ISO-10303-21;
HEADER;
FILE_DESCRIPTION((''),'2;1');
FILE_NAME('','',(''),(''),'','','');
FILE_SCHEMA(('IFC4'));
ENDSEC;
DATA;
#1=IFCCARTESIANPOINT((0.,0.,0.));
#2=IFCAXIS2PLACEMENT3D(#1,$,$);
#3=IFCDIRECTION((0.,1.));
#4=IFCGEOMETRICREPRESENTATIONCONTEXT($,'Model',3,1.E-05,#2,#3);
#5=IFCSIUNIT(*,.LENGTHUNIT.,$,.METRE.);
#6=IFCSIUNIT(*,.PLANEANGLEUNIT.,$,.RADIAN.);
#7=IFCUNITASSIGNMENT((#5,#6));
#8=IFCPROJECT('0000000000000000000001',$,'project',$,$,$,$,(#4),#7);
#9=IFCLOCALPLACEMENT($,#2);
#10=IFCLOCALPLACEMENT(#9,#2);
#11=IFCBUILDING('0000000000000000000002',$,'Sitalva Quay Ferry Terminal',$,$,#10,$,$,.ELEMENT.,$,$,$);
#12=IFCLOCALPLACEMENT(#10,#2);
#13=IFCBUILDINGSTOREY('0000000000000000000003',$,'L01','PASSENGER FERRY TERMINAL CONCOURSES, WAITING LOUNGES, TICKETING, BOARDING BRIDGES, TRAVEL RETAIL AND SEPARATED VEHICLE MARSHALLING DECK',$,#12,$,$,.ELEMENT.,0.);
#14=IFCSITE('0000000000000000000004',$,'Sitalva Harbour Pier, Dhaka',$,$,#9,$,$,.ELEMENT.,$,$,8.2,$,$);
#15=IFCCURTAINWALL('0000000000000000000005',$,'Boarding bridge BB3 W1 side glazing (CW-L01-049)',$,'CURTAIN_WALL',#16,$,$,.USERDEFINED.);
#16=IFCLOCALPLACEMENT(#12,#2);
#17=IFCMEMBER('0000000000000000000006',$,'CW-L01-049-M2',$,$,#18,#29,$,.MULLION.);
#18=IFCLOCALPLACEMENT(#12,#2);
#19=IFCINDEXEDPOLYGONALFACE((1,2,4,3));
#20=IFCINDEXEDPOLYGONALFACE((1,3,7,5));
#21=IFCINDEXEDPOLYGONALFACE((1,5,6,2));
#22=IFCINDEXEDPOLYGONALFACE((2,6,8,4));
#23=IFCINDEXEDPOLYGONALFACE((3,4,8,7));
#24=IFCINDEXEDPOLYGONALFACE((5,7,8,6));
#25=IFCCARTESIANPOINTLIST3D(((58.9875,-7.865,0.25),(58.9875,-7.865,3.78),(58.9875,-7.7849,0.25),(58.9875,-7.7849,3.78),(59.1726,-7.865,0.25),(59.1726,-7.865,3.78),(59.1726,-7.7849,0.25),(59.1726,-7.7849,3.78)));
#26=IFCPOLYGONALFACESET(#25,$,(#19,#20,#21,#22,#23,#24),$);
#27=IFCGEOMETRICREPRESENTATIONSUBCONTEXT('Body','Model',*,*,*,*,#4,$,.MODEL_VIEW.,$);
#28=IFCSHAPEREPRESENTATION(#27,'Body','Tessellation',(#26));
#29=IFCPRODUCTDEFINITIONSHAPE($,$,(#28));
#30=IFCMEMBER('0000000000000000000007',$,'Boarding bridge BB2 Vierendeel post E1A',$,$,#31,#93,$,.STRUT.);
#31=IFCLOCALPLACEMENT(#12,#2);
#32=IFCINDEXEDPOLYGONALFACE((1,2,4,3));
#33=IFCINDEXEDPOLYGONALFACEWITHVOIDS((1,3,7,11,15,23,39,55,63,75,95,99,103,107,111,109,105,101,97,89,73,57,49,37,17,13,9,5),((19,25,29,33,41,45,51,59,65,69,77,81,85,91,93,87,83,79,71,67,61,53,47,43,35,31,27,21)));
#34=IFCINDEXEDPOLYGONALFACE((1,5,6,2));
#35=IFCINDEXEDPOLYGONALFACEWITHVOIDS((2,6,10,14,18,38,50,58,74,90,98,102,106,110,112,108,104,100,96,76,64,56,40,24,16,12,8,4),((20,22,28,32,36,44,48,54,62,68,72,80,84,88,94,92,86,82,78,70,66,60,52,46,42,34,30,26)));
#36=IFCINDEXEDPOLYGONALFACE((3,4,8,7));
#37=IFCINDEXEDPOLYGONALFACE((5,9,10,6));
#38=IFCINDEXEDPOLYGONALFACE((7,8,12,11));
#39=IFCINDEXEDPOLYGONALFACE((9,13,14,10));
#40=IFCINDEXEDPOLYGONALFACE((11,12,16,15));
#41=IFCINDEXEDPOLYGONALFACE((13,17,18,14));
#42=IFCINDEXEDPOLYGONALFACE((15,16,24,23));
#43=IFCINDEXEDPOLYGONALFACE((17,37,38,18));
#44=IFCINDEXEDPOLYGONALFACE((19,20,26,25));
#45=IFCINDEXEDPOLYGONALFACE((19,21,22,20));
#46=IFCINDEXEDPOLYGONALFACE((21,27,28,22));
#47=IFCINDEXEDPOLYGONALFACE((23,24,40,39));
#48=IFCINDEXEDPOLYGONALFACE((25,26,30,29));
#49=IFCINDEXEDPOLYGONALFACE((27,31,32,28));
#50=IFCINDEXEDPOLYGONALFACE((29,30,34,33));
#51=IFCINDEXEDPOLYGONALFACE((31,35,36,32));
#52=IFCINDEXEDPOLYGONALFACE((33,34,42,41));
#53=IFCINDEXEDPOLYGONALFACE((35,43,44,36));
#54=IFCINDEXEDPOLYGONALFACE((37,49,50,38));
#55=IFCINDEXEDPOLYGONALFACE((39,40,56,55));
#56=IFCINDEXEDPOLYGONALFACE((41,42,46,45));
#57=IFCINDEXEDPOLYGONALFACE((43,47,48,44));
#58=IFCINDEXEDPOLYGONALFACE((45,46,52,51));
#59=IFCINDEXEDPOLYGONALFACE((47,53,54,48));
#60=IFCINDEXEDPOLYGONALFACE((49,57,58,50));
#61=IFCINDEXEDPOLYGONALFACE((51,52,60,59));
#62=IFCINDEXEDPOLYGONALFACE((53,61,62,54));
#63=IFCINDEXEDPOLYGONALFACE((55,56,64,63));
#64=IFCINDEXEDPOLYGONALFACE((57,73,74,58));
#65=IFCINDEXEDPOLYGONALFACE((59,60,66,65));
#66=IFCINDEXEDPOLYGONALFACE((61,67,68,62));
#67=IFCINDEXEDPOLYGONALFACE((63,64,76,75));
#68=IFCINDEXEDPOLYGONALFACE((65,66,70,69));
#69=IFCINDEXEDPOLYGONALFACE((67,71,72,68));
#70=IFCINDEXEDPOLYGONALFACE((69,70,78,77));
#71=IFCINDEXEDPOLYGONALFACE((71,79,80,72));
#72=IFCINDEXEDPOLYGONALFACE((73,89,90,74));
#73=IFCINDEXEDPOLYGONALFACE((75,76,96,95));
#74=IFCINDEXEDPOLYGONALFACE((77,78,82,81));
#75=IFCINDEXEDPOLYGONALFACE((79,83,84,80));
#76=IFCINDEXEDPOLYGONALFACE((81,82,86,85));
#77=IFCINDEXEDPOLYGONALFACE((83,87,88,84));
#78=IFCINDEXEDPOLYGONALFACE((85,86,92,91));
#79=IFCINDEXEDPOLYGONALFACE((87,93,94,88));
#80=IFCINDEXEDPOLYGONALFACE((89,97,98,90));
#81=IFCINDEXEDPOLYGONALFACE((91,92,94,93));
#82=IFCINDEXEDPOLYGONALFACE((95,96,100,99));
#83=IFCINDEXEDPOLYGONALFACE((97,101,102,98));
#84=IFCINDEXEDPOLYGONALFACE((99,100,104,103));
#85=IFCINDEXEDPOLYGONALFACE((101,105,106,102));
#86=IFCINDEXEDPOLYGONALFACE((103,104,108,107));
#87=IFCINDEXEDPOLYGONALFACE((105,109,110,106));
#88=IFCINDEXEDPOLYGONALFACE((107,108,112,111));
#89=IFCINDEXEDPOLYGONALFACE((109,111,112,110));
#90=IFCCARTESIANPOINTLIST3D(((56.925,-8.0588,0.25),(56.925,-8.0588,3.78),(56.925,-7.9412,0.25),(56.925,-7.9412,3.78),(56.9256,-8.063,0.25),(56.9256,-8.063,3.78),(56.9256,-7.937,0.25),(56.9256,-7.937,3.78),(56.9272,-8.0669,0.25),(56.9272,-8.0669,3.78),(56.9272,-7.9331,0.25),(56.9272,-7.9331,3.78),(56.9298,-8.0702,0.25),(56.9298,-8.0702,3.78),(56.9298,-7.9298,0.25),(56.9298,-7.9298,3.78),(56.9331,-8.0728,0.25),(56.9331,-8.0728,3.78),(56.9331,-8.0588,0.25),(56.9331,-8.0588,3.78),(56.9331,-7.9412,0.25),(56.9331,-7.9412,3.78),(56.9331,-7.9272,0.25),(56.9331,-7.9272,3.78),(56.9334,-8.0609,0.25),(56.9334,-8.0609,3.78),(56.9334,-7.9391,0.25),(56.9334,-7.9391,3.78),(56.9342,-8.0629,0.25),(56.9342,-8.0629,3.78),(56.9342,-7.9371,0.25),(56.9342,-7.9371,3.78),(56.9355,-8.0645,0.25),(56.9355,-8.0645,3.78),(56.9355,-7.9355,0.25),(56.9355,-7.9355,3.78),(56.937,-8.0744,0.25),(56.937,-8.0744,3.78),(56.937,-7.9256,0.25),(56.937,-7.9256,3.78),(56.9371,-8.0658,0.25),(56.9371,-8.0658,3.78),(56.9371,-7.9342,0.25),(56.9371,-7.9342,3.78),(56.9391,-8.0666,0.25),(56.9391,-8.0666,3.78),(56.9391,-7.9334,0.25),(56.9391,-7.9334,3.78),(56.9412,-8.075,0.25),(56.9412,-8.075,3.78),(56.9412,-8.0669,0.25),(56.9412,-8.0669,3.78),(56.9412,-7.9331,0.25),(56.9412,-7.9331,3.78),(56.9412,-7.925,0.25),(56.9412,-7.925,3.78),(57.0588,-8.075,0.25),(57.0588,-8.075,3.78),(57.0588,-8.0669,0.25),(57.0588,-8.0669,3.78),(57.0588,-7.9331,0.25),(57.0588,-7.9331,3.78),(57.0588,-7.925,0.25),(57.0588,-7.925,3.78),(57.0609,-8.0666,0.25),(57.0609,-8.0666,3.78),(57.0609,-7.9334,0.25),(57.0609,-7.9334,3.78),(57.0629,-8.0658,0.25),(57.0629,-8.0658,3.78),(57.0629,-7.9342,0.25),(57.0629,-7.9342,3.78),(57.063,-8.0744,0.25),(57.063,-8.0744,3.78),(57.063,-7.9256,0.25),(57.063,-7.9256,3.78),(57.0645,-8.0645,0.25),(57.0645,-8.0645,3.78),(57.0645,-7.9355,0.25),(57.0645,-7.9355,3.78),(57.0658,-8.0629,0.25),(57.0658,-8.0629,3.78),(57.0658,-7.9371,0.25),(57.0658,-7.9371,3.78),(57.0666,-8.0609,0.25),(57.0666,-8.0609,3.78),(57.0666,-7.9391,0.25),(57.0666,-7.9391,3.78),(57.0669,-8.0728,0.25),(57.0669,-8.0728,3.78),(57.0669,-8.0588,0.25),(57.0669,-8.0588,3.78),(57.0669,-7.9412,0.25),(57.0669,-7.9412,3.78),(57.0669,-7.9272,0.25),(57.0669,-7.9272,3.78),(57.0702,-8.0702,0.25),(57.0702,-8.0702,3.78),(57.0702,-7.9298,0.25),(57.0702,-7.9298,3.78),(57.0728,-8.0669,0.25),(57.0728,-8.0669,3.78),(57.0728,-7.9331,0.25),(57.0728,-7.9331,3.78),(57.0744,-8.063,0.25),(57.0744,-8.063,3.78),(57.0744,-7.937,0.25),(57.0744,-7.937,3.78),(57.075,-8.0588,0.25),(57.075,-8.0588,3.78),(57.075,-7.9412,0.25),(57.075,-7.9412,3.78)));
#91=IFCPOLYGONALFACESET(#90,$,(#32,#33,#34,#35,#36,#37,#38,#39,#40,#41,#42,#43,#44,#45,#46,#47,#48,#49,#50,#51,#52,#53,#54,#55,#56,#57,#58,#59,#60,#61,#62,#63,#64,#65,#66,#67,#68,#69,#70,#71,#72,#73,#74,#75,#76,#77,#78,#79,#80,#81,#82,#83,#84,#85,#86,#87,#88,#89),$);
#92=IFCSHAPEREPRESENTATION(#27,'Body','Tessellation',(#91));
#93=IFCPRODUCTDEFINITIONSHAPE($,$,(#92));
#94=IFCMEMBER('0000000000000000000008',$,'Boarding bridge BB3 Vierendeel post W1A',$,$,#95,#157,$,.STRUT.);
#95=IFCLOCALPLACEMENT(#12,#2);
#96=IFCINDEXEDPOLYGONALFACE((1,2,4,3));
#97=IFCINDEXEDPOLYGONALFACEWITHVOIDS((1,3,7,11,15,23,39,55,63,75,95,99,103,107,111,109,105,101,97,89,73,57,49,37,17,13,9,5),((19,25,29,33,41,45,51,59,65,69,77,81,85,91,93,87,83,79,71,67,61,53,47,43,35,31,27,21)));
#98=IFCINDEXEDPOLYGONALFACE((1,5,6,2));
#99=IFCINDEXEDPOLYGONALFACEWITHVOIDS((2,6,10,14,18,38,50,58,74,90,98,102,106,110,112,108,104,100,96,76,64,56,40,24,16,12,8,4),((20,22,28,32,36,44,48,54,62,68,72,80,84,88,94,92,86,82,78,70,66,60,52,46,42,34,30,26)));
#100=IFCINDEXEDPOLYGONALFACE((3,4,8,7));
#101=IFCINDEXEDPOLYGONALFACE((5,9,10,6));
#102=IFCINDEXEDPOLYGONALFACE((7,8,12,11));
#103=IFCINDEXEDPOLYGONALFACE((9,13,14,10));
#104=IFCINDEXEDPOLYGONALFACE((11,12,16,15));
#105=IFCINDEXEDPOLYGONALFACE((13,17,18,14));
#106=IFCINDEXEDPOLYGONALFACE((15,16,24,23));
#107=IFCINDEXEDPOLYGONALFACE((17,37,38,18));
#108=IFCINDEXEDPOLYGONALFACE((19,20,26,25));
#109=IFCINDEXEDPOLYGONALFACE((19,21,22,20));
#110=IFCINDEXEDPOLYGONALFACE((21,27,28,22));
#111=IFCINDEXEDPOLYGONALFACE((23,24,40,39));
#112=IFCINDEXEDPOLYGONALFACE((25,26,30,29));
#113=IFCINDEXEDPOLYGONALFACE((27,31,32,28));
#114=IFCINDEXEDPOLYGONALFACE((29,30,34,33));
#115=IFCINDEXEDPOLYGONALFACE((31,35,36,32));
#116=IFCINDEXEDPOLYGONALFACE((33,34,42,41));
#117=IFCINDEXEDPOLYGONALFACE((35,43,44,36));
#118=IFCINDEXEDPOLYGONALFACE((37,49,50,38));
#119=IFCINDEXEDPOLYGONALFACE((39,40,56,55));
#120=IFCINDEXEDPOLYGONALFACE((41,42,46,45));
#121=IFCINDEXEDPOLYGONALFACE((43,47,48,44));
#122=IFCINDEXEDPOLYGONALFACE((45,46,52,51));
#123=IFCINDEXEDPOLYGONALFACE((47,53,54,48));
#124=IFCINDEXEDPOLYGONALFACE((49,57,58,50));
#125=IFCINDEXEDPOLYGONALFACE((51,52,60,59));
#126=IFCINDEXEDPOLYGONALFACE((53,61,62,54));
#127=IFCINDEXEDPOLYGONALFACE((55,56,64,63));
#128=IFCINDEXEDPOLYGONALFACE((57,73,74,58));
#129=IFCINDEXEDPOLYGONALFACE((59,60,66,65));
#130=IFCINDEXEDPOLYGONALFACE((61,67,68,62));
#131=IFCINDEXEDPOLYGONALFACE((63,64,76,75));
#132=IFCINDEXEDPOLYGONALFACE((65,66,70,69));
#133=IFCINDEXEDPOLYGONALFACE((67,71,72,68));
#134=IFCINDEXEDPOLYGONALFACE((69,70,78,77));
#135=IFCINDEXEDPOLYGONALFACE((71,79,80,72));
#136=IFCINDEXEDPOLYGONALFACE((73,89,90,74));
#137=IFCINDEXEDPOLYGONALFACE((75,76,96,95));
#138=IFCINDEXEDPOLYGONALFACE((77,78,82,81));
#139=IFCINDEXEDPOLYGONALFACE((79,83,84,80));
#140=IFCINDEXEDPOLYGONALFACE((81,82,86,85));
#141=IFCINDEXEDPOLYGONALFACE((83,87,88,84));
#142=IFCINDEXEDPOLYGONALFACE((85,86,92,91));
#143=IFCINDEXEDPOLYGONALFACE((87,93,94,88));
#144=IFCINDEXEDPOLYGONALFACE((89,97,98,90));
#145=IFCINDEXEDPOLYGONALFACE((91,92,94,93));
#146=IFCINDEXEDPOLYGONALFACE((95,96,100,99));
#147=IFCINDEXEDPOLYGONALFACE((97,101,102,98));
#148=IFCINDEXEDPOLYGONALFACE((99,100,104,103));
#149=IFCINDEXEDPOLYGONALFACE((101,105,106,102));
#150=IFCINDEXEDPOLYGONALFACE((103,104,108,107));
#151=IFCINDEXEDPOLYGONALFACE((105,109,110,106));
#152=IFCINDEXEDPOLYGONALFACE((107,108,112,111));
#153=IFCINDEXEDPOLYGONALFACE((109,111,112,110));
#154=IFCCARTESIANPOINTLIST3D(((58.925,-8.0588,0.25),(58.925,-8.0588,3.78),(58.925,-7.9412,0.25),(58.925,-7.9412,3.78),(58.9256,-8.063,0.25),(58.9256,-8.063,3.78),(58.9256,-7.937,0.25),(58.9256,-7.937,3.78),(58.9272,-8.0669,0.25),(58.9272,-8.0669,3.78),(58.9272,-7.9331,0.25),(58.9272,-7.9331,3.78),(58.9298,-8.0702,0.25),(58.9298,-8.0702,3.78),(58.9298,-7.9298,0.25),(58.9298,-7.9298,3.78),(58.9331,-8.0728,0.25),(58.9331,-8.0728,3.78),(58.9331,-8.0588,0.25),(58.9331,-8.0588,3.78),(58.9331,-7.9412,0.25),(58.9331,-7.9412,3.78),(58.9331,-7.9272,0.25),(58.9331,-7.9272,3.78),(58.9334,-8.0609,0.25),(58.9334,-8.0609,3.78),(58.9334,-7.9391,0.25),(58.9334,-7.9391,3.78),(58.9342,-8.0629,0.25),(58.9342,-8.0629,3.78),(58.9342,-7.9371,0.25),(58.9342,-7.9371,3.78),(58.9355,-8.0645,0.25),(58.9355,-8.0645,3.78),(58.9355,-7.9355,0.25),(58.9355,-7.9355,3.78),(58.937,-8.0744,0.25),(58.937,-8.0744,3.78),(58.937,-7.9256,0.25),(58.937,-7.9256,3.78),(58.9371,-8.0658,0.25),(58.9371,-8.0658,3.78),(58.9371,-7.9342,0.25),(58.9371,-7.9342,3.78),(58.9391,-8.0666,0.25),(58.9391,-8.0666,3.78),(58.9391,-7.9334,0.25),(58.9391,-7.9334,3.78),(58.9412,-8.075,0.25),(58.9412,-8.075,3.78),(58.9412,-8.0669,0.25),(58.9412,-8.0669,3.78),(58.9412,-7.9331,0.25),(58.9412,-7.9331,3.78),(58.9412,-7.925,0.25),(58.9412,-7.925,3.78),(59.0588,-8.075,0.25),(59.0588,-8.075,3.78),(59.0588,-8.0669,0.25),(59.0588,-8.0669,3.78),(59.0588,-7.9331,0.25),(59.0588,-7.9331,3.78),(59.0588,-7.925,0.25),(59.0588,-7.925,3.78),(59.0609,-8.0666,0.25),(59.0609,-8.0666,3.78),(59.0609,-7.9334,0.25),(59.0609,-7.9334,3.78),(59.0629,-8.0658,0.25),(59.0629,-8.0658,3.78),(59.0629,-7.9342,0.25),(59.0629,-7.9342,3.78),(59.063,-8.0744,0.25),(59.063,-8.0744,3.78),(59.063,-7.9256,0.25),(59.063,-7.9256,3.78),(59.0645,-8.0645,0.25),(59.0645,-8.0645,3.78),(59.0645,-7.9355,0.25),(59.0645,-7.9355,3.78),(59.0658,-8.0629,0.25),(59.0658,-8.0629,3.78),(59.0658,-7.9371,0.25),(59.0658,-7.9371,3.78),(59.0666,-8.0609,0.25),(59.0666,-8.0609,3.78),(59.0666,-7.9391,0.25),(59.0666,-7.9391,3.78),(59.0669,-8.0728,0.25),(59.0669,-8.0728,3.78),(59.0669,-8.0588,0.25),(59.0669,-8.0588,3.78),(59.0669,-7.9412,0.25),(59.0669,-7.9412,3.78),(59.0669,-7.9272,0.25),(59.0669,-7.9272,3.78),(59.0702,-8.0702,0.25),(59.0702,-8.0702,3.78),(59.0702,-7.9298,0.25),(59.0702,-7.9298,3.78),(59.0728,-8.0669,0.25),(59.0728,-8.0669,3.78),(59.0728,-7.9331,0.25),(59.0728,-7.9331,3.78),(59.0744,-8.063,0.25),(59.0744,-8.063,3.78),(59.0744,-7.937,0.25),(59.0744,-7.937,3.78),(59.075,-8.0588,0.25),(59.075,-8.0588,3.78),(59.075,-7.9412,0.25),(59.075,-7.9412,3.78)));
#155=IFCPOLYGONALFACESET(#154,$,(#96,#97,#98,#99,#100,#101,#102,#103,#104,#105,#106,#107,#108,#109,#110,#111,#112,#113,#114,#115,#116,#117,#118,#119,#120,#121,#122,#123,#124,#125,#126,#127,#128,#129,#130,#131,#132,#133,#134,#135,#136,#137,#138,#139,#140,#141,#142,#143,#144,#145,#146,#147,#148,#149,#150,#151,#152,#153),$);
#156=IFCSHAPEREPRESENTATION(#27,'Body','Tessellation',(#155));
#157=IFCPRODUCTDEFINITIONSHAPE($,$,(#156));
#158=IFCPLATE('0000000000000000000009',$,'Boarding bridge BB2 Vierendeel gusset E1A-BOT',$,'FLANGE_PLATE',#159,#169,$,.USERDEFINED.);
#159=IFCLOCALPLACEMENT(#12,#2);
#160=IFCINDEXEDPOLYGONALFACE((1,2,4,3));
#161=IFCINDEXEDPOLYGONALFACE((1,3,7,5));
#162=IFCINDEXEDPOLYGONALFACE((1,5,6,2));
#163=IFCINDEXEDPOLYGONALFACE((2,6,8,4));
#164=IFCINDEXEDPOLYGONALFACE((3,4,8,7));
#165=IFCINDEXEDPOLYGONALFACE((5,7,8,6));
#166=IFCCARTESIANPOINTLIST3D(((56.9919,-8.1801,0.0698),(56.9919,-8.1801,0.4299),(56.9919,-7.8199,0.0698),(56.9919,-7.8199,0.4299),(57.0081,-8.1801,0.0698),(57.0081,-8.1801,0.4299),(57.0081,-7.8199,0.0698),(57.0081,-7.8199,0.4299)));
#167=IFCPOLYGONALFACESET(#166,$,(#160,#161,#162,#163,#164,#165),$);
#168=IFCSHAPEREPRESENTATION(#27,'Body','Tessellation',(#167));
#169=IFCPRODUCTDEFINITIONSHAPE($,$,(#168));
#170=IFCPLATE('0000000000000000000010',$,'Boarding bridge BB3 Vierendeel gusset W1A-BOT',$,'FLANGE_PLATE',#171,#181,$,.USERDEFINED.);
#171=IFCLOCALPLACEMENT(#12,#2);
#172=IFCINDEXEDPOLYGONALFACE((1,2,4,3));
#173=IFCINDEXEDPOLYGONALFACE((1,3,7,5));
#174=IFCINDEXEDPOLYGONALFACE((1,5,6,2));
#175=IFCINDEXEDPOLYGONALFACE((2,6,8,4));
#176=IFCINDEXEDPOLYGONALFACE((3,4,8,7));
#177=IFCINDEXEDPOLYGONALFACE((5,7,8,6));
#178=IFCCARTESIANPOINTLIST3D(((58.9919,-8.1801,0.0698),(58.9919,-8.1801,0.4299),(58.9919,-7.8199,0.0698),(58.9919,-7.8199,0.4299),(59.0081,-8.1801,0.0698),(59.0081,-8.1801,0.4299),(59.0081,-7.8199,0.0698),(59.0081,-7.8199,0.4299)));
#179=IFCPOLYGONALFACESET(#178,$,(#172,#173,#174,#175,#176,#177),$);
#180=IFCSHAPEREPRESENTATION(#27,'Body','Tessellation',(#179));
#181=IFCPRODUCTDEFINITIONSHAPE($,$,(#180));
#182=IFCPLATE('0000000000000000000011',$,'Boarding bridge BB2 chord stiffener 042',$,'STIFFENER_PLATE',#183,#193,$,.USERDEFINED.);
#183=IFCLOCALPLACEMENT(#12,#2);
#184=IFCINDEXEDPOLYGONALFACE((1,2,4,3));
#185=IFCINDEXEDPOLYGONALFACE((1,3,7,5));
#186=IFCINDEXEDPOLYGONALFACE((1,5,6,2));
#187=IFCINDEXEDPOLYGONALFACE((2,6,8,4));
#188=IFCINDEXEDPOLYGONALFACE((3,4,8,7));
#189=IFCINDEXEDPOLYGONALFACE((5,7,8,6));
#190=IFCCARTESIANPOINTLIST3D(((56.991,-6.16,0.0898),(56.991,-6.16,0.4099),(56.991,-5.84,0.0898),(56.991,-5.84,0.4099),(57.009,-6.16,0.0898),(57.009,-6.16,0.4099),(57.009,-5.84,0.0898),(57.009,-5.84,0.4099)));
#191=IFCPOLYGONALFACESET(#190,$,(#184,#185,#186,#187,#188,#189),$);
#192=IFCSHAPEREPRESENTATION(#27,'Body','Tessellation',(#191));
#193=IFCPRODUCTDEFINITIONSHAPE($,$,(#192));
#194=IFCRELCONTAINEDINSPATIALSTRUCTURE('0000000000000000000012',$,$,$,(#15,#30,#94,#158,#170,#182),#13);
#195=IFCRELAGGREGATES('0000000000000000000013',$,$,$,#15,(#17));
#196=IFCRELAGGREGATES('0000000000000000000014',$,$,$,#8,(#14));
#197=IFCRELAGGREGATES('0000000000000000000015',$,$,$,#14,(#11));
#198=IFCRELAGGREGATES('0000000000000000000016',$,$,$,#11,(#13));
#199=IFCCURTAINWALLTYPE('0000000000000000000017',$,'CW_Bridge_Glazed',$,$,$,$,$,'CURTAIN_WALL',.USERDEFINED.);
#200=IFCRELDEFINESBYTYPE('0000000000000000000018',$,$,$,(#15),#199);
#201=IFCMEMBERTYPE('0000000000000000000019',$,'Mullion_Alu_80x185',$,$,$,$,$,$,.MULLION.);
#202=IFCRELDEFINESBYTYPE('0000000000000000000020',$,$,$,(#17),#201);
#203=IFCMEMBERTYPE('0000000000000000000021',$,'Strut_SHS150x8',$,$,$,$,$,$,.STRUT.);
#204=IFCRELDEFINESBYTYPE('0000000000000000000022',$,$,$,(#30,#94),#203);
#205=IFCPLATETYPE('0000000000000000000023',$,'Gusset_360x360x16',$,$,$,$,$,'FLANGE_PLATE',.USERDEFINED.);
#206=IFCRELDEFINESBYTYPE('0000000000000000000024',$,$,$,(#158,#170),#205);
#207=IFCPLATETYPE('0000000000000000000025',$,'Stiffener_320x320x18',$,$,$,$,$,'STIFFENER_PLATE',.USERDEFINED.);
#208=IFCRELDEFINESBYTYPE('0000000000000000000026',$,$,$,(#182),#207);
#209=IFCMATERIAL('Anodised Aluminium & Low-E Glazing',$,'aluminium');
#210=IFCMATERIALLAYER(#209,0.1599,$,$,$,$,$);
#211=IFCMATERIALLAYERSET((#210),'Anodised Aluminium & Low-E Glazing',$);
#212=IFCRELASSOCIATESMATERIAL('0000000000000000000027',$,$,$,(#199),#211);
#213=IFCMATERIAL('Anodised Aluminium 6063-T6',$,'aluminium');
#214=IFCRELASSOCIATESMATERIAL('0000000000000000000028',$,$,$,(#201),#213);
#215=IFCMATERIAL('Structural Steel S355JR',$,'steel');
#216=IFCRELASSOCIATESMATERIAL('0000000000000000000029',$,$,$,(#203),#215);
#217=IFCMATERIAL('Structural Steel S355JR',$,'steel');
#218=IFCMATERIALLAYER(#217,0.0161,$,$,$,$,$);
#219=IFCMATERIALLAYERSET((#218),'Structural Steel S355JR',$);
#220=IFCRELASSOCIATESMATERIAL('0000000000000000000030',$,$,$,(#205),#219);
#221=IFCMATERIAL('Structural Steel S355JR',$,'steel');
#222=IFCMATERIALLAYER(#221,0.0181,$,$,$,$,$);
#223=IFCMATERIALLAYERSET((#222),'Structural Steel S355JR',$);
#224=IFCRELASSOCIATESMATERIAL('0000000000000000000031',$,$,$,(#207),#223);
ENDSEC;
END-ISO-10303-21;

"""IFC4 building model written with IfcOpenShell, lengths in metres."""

from ifc_helpers import new_model, si_unit, direction, frame, origin, origin_2d, place, context, subcontext, project, spatial, rectangle, hollow_rectangle, extrude, material, layer, layer_set, material_profile, profile_set, type_object, element, aggregate, save


model = new_model("IFC4")

# Units and contexts
model_context = context("Model", 3, precision=1e-05, world=origin(), true_north=direction((0.0, 1.0)))
body_context = subcontext(model_context, "Body", "Model", "MODEL_VIEW")
ifc_project = project(units=[si_unit("LENGTHUNIT", "METRE"), si_unit("PLANEANGLEUNIT", "RADIAN")], contexts=[model_context])

# Site, building, storey
site_placement = place(None, origin())
site = spatial("IfcSite", under=ifc_project, at=site_placement, Name="Sitalva Harbour Pier, Dhaka", CompositionType="ELEMENT", RefElevation=8.2)
building_placement = place(site_placement, origin())
building = spatial("IfcBuilding", under=site, at=building_placement, Name="Sitalva Quay Ferry Terminal", CompositionType="ELEMENT")
storey_placement = place(building_placement, origin())
storey = spatial("IfcBuildingStorey", under=building, at=storey_placement, Name="L01", Description="PASSENGER FERRY TERMINAL CONCOURSES, WAITING LOUNGES, TICKETING, BOARDING BRIDGES, TRAVEL RETAIL AND SEPARATED VEHICLE MARSHALLING DECK", CompositionType="ELEMENT", Elevation=0.0)

# Curtain wall, member
ifc_material_1 = material(Name="Anodised Aluminium & Low-E Glazing", Category="aluminium")
ifc_layer_1 = layer(ifc_material_1, 0.1599)
ifc_layer_set_1 = layer_set([ifc_layer_1], Name="Anodised Aluminium & Low-E Glazing")
curtain_wall_type = type_object("IfcCurtainWallType", Name="CW_Bridge_Glazed", ElementType="CURTAIN_WALL", PredefinedType="USERDEFINED", material=ifc_layer_set_1)
curtain_wall_placement = place(storey_placement, origin())
curtain_wall = element("IfcCurtainWall", 1, at=curtain_wall_placement, inside=storey, type_object=curtain_wall_type, Name="Boarding bridge BB3 W1 side glazing (CW-L01-049)", ObjectType="CURTAIN_WALL", PredefinedType="USERDEFINED")
ifc_material_2 = material(Name="Anodised Aluminium 6063-T6", Category="aluminium")
ifc_material_profile_1 = material_profile(ifc_material_2, rectangle(XDim=0.0801, YDim=0.1851, at=origin_2d()), Name="ALU80x185")
ifc_profile_set_1 = profile_set([ifc_material_profile_1], Name="Anodised Aluminium 6063-T6")
member_type_1 = type_object("IfcMemberType", Name="Mullion_Alu_80x185", PredefinedType="MULLION", material=ifc_profile_set_1)
member_1_placement = place(storey_placement, frame((59.0801, -7.825, 0.25), z_axis=(0.0, 0.0, 1.0), x_axis=(0.0, 1.0, 0.0)))
member_1 = element("IfcMember", 2, at=member_1_placement, type_object=member_type_1, Name="CW-L01-049-M2", PredefinedType="MULLION", context=body_context, shape_type="SweptSolid", body=[
    extrude(rectangle(XDim=0.0801, YDim=0.1851, at=origin_2d()), origin(), (0.0, 0.0, 1.0), 3.53),
])
aggregate(curtain_wall, [member_1])

# Members
ifc_material_3 = material(Name="Structural Steel S355JR", Category="steel")
ifc_material_profile_2 = material_profile(ifc_material_3, hollow_rectangle(XDim=0.1499, YDim=0.1499, WallThickness=0.0081, InnerFilletRadius=0.0081, OuterFilletRadius=0.0161, at=origin_2d()), Name="SHS150x150x8")
ifc_profile_set_2 = profile_set([ifc_material_profile_2], Name="Structural Steel S355JR")
member_type_2 = type_object("IfcMemberType", Name="Strut_SHS150x8", PredefinedType="STRUT", material=ifc_profile_set_2)
for number, where, z_axis, x_axis, name in (
    (3, (57.0, -8.0, 0.25), (0.0, 0.0, 1.0), (1.0, 0.0, 0.0), "Boarding bridge BB2 Vierendeel post E1A"),
    (4, (59.0, -8.0, 0.25), (0.0, 0.0, 1.0), (1.0, 0.0, 0.0), "Boarding bridge BB3 Vierendeel post W1A"),
):
    element("IfcMember", number, at=place(storey_placement, frame(where, z_axis=z_axis, x_axis=x_axis)), inside=storey, type_object=member_type_2, Name=name, PredefinedType="STRUT", context=body_context, shape_type="SweptSolid", body=[
        extrude(hollow_rectangle(XDim=0.1499, YDim=0.1499, WallThickness=0.0081, InnerFilletRadius=0.0081, OuterFilletRadius=0.0161, at=origin_2d()), origin(), (0.0, 0.0, 1.0), 3.53),
    ])

# Plates
ifc_material_4 = material(Name="Structural Steel S355JR", Category="steel")
ifc_layer_2 = layer(ifc_material_4, 0.0161)
ifc_layer_set_2 = layer_set([ifc_layer_2], Name="Structural Steel S355JR")
plate_type_1 = type_object("IfcPlateType", Name="Gusset_360x360x16", ElementType="FLANGE_PLATE", PredefinedType="USERDEFINED", material=ifc_layer_set_2)
for number, where, z_axis, x_axis, name in (
    (5, (57.0, -8.0, 0.0698), (0.0, 0.0, 1.0), (1.0, 0.0, 0.0), "Boarding bridge BB2 Vierendeel gusset E1A-BOT"),
    (6, (59.0, -8.0, 0.0698), (0.0, 0.0, 1.0), (1.0, 0.0, 0.0), "Boarding bridge BB3 Vierendeel gusset W1A-BOT"),
):
    element("IfcPlate", number, at=place(storey_placement, frame(where, z_axis=z_axis, x_axis=x_axis)), inside=storey, type_object=plate_type_1, Name=name, ObjectType="FLANGE_PLATE", PredefinedType="USERDEFINED", context=body_context, shape_type="SweptSolid", body=[
        extrude(rectangle(XDim=0.0161, YDim=0.3601, at=origin_2d()), origin(), (0.0, 0.0, 1.0), 0.3601),
    ])
ifc_material_5 = material(Name="Structural Steel S355JR", Category="steel")
ifc_layer_3 = layer(ifc_material_5, 0.0181)
ifc_layer_set_3 = layer_set([ifc_layer_3], Name="Structural Steel S355JR")
plate_type_2 = type_object("IfcPlateType", Name="Stiffener_320x320x18", ElementType="STIFFENER_PLATE", PredefinedType="USERDEFINED", material=ifc_layer_set_3)
for number, where, z_axis, x_axis, name in (
    (7, (57.0, -6.0, 0.0898), (0.0, 0.0, 1.0), (1.0, 0.0, 0.0), "Boarding bridge BB2 chord stiffener 042"),
):
    element("IfcPlate", number, at=place(storey_placement, frame(where, z_axis=z_axis, x_axis=x_axis)), inside=storey, type_object=plate_type_2, Name=name, ObjectType="STIFFENER_PLATE", PredefinedType="USERDEFINED", context=body_context, shape_type="SweptSolid", body=[
        extrude(rectangle(XDim=0.0181, YDim=0.3201, at=origin_2d()), origin(), (0.0, 0.0, 1.0), 0.3201),
    ])

save(model, "model.ifc")
